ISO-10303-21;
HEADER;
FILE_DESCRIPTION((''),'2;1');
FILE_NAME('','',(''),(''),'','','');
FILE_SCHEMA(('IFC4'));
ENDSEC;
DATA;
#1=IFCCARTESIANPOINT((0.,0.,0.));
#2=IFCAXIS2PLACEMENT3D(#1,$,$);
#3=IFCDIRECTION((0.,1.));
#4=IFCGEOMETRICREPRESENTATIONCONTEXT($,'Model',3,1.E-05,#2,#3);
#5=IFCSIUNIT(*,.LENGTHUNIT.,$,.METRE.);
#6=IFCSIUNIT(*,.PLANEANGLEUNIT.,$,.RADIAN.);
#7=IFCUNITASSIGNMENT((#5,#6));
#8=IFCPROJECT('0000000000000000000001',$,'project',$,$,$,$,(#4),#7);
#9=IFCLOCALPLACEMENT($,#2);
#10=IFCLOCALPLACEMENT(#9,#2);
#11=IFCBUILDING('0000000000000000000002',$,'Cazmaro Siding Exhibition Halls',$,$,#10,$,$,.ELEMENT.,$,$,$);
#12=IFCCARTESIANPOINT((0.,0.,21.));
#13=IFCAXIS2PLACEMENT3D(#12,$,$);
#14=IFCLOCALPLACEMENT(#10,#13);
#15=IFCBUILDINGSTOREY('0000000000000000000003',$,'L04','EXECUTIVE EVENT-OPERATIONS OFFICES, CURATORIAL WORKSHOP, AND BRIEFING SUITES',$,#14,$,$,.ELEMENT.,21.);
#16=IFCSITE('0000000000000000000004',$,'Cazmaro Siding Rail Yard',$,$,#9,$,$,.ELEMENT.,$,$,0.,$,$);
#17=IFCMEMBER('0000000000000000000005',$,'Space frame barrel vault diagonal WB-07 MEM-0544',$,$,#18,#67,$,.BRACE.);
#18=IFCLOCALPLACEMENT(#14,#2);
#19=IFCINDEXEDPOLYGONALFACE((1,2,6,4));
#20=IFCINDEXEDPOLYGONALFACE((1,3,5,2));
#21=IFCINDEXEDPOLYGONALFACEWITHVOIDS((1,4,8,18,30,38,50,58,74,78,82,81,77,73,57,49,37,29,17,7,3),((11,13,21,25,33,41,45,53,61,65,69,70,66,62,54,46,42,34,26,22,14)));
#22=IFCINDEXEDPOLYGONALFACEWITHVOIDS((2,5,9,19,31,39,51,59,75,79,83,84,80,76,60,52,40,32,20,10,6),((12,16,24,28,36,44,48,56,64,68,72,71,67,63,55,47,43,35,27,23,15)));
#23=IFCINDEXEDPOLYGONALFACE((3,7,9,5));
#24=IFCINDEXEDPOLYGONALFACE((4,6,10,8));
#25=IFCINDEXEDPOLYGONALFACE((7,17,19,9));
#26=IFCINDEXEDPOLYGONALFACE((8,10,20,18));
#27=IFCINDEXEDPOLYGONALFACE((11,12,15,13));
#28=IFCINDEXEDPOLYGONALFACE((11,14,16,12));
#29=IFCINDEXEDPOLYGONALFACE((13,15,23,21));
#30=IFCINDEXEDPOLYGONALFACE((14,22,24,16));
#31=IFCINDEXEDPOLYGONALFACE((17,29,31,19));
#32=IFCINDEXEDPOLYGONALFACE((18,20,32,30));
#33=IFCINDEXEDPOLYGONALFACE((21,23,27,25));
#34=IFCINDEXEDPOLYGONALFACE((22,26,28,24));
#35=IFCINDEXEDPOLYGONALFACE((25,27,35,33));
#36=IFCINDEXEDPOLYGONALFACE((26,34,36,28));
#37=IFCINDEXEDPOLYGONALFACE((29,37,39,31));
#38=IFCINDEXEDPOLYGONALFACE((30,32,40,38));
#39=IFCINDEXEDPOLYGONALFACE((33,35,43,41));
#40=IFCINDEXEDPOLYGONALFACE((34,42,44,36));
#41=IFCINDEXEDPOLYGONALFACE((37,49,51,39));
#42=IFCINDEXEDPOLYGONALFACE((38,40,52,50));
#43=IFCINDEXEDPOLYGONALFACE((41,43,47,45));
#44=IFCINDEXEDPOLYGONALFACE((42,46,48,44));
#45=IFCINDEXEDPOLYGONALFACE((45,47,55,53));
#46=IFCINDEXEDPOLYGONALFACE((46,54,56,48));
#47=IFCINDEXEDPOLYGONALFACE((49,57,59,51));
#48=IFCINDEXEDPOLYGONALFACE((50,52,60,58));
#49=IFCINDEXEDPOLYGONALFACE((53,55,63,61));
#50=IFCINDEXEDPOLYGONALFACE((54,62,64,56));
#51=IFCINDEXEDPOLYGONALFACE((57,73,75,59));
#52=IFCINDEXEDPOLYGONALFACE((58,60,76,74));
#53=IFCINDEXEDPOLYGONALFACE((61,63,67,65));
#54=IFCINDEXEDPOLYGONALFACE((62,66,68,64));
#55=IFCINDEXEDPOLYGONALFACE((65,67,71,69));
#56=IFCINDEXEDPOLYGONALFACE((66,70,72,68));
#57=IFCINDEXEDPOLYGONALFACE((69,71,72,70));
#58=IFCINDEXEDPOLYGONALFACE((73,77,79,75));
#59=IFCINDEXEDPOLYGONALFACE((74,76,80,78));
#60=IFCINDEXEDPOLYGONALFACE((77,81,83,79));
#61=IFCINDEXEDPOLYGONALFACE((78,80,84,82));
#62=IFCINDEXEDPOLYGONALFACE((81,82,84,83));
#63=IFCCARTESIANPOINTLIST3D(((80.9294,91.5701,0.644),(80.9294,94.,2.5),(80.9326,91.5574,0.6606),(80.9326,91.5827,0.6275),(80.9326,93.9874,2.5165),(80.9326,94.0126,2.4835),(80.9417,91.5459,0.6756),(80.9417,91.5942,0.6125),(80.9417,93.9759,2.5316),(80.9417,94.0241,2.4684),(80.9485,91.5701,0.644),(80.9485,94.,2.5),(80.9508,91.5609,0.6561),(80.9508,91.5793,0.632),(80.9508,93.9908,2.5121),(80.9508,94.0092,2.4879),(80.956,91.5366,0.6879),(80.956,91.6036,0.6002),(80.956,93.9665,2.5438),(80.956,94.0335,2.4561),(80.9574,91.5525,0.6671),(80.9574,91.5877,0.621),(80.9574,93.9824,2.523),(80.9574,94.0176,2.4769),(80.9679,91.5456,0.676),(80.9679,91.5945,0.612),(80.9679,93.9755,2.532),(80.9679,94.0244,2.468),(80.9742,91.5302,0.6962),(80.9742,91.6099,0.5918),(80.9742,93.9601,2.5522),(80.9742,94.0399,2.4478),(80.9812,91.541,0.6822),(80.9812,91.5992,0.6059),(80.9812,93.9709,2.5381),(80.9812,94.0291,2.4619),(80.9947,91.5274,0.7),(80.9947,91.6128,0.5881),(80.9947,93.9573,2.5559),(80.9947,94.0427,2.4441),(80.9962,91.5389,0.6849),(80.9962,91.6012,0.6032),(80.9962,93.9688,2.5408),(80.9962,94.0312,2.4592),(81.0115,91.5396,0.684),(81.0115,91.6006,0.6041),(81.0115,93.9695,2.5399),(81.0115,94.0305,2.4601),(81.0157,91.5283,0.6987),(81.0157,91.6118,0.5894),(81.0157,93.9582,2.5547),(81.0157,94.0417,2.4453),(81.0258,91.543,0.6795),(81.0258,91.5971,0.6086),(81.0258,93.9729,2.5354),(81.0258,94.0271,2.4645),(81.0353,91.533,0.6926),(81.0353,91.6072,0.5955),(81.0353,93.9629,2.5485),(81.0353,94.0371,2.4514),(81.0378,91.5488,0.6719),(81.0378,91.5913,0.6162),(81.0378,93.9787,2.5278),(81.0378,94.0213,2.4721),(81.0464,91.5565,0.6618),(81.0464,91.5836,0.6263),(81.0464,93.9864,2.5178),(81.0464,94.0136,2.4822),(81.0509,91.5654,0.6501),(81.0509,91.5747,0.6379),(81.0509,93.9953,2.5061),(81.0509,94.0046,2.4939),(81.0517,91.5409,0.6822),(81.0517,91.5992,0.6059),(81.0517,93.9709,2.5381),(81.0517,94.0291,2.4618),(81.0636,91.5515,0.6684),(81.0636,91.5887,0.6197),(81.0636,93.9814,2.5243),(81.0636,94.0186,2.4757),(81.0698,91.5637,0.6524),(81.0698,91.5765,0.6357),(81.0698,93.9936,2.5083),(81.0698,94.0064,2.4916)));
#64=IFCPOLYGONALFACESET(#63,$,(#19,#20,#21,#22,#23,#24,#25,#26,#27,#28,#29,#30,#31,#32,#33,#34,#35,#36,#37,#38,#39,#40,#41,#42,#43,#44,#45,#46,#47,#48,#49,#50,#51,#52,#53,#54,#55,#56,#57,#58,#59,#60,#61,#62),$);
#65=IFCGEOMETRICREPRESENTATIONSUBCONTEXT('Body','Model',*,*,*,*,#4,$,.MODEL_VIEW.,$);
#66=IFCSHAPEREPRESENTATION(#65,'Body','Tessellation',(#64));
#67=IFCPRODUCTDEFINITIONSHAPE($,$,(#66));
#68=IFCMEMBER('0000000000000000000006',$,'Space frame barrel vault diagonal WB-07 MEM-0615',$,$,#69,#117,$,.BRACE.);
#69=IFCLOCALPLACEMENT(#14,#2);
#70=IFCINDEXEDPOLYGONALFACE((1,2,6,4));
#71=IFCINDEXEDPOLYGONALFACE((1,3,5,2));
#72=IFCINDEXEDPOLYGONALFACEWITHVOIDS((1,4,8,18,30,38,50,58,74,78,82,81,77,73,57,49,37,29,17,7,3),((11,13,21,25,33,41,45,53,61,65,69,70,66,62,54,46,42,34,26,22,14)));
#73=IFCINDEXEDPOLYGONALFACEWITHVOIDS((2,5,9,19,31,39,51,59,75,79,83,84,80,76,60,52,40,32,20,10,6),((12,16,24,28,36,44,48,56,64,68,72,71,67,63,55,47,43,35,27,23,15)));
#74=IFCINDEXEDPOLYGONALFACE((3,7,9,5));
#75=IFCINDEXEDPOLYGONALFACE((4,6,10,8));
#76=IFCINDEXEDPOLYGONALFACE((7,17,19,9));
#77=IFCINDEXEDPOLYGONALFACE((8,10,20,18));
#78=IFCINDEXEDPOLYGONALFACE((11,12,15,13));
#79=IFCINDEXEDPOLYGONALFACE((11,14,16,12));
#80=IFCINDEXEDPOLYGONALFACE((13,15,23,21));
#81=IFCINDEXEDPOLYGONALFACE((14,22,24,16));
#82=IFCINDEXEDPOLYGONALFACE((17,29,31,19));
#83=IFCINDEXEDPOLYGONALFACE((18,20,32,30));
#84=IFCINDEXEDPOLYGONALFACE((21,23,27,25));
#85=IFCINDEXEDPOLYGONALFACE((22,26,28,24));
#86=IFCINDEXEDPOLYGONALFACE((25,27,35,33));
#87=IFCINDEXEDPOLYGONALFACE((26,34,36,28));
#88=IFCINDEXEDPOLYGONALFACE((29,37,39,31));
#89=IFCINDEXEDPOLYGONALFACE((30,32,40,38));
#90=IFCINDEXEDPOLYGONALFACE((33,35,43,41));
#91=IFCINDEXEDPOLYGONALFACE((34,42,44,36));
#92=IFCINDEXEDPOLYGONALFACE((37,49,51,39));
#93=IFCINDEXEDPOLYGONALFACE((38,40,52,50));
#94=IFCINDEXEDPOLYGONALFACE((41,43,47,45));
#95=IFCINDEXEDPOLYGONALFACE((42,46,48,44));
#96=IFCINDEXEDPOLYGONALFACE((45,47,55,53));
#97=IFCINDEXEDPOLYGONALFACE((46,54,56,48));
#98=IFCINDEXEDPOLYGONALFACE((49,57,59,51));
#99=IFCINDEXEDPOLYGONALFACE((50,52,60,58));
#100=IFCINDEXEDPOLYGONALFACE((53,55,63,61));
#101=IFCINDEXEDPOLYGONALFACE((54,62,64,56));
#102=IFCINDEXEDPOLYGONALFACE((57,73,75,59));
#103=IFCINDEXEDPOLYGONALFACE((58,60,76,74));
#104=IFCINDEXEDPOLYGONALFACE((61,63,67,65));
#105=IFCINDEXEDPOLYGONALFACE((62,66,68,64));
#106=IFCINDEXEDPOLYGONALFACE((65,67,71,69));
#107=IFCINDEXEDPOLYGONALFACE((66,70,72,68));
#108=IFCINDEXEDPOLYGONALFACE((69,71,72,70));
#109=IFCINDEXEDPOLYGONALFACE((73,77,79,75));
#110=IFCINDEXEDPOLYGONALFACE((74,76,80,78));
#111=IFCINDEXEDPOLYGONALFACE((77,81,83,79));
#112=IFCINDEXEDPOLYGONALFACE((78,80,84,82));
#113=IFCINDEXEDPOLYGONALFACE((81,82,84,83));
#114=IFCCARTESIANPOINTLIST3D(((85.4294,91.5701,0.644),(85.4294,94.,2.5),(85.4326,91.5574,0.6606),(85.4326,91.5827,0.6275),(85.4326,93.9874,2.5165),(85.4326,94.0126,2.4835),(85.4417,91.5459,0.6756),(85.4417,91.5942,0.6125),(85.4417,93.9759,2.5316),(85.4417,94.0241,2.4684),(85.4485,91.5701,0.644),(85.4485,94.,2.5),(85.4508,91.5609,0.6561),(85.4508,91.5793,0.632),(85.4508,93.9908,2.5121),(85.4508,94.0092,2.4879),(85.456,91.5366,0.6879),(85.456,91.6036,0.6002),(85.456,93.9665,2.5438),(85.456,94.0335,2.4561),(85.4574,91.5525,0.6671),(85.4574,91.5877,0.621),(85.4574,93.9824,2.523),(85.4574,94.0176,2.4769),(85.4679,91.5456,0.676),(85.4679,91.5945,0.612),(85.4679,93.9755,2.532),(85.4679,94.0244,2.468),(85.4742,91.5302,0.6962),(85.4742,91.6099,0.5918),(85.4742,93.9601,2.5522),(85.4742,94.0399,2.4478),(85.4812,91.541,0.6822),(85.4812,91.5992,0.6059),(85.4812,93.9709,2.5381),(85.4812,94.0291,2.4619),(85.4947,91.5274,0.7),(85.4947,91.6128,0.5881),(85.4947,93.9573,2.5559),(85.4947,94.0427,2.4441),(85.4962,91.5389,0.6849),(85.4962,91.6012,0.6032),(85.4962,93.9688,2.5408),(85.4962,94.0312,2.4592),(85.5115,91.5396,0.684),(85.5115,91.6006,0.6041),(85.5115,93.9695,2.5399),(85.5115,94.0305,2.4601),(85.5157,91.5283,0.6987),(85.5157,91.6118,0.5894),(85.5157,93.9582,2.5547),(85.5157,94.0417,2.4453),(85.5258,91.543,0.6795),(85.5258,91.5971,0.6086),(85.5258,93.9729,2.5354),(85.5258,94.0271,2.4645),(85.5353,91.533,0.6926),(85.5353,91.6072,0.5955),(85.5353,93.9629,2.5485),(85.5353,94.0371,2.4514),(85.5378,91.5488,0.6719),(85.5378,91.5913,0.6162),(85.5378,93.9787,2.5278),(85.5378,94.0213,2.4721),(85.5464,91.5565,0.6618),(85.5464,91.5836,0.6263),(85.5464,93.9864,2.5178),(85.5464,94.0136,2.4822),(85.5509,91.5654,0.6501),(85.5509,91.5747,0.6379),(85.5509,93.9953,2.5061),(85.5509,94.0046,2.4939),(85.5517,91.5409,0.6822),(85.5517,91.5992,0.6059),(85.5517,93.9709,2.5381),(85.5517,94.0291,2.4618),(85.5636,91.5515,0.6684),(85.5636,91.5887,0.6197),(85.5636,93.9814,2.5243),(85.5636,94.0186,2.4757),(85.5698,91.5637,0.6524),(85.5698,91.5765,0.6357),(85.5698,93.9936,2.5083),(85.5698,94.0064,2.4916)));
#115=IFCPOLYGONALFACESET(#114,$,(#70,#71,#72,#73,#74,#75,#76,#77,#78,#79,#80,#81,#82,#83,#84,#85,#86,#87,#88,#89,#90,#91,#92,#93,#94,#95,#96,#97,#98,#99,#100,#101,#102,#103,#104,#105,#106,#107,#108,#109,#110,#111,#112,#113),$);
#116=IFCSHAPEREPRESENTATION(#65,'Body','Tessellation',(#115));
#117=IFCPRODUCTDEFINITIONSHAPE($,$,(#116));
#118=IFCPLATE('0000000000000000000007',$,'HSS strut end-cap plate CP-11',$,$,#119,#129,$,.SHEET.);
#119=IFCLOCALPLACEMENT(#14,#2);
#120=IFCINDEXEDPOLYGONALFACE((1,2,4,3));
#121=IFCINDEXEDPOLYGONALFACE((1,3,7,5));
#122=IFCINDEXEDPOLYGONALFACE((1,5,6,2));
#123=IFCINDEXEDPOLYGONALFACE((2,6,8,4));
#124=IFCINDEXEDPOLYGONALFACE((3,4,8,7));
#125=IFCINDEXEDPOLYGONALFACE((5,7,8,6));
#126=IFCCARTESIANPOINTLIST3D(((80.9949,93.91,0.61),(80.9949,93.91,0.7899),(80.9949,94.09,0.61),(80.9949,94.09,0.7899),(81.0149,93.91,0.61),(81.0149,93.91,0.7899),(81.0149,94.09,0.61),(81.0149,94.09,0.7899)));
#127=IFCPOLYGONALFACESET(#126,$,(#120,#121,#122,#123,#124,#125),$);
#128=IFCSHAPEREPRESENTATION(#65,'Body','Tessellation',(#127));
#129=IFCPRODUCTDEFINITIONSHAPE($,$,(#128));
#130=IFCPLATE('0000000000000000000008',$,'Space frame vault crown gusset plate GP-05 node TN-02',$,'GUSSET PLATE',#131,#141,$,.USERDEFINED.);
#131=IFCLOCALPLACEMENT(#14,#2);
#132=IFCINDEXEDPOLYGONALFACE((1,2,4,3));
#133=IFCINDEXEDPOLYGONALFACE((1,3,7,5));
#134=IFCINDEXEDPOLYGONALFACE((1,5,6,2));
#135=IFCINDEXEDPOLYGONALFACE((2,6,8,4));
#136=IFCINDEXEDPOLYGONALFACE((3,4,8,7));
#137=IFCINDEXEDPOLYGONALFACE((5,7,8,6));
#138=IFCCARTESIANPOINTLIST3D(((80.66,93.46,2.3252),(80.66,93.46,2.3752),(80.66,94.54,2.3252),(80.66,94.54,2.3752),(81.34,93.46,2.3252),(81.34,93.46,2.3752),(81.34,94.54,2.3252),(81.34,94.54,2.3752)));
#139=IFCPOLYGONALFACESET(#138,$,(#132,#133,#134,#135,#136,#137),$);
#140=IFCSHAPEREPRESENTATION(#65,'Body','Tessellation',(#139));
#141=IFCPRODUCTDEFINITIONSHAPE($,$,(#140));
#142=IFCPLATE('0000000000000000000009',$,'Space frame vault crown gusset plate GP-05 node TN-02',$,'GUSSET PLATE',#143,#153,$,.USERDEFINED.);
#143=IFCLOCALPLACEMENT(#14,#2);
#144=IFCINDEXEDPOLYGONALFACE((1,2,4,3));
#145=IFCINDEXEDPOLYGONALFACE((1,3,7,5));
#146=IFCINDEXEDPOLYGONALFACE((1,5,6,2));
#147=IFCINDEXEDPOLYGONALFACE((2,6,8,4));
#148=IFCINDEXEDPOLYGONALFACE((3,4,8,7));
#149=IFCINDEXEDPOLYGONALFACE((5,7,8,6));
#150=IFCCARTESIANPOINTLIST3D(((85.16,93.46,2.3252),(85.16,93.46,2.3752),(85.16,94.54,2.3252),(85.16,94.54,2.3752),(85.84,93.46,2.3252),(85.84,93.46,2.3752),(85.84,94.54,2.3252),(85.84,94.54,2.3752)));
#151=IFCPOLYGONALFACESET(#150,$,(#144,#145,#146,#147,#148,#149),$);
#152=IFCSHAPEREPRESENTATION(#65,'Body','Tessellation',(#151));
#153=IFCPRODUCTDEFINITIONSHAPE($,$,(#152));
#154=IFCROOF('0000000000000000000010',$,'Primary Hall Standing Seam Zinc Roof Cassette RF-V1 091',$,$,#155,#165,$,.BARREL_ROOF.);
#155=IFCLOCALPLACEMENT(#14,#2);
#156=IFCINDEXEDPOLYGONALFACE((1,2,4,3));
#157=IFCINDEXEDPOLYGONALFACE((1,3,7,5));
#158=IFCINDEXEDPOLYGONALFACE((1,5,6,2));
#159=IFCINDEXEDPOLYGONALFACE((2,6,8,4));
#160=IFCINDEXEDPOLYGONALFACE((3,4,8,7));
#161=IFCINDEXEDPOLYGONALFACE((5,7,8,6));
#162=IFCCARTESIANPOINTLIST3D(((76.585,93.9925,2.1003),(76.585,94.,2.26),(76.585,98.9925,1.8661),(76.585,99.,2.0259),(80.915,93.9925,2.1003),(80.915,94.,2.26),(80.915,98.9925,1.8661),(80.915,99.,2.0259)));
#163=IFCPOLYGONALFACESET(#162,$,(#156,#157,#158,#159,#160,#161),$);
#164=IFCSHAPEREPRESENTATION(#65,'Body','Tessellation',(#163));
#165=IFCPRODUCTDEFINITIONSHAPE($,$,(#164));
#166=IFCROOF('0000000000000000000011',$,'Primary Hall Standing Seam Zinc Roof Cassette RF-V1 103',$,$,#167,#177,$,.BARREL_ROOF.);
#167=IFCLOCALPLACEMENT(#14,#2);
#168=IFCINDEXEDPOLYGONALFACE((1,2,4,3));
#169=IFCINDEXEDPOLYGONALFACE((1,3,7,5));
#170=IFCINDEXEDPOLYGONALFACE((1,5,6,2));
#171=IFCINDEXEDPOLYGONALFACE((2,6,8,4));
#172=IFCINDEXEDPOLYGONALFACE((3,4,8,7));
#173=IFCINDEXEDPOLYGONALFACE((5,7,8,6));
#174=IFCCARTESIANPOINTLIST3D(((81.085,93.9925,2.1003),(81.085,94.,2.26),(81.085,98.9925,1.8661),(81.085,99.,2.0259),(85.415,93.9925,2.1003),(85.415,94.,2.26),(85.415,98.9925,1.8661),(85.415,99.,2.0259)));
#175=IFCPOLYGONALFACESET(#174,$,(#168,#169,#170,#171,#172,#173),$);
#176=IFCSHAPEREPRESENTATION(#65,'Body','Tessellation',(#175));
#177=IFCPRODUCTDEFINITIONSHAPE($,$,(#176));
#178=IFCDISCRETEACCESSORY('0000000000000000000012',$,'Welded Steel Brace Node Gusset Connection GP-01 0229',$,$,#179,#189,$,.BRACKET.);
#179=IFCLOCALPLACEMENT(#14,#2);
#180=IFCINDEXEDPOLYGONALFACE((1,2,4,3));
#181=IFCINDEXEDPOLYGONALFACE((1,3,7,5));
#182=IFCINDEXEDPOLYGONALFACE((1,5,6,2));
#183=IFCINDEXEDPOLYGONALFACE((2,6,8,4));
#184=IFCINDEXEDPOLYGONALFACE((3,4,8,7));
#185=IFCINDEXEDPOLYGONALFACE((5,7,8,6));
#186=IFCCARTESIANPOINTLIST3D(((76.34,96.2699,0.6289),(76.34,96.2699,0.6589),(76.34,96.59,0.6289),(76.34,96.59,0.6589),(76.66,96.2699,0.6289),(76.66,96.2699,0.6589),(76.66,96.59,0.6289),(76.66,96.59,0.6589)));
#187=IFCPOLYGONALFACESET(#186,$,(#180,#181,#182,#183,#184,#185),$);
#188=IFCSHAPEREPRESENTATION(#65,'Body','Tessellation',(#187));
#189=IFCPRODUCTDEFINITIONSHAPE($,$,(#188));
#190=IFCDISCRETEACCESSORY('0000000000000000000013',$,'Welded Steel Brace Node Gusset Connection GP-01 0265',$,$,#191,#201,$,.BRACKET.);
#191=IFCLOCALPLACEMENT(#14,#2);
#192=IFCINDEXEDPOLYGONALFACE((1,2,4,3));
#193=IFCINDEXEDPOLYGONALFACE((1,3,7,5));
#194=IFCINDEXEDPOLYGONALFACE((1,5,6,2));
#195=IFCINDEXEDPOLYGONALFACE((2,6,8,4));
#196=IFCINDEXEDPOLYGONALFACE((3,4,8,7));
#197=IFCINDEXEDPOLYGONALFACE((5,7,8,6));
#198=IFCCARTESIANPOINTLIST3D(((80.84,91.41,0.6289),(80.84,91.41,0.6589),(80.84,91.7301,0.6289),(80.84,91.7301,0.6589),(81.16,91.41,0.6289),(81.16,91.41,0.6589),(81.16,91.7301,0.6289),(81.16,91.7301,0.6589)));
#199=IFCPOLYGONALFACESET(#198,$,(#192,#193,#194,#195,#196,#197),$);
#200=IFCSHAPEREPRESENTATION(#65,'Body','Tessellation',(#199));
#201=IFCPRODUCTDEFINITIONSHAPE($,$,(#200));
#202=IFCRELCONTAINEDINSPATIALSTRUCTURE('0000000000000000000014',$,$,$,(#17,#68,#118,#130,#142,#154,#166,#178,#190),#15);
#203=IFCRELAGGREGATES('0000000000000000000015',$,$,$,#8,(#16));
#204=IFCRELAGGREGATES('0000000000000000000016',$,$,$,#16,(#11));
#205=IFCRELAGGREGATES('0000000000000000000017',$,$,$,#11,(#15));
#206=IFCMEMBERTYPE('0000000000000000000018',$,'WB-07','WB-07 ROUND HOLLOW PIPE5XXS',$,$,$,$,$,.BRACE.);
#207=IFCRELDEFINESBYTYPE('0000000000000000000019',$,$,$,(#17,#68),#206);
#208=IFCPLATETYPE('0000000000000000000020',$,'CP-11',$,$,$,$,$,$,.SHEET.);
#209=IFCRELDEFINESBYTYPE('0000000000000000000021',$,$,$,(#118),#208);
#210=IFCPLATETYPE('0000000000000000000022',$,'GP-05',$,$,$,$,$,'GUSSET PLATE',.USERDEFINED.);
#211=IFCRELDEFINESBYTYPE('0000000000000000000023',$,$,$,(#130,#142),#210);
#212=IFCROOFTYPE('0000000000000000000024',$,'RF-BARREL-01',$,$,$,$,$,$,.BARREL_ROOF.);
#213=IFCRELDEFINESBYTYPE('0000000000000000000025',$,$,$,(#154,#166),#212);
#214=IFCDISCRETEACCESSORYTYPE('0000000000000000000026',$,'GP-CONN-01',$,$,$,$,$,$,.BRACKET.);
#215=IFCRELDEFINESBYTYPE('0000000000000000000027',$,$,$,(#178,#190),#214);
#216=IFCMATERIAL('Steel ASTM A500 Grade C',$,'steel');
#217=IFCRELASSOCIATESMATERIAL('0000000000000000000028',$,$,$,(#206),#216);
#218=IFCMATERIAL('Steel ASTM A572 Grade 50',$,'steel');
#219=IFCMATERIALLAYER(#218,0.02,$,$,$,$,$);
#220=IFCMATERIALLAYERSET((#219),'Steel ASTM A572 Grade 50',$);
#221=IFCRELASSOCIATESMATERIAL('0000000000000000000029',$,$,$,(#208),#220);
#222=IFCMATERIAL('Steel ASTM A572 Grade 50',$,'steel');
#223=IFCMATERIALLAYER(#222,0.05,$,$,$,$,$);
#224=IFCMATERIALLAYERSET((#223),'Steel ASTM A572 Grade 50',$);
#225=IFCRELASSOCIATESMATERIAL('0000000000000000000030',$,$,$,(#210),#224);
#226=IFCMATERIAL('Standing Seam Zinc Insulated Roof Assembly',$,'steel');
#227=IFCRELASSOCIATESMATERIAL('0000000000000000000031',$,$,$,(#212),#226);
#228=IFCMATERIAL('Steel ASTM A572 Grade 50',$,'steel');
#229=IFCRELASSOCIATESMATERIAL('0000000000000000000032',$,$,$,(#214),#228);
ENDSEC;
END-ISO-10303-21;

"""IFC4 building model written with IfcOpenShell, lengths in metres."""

from ifc_helpers import new_model, si_unit, direction, frame, origin, origin_2d, place, context, subcontext, project, spatial, polyline, rectangle, hollow_circle, outline, extrude, material, layer, layer_set, material_profile, profile_set, type_object, element, save


model = new_model("IFC4")

# Units and contexts
model_context = context("Model", 3, precision=1e-05, world=origin(), true_north=direction((0.0, 1.0)))
body_context = subcontext(model_context, "Body", "Model", "MODEL_VIEW")
ifc_project = project(units=[si_unit("LENGTHUNIT", "METRE"), si_unit("PLANEANGLEUNIT", "RADIAN")], contexts=[model_context])

# Site, building, storey
site_placement = place(None, origin())
site = spatial("IfcSite", under=ifc_project, at=site_placement, Name="Cazmaro Siding Rail Yard", CompositionType="ELEMENT", RefElevation=0.0)
building_placement = place(site_placement, origin())
building = spatial("IfcBuilding", under=site, at=building_placement, Name="Cazmaro Siding Exhibition Halls", CompositionType="ELEMENT")
storey_placement = place(building_placement, frame((0.0, 0.0, 21.0)))
storey = spatial("IfcBuildingStorey", under=building, at=storey_placement, Name="L04", Description="EXECUTIVE EVENT-OPERATIONS OFFICES, CURATORIAL WORKSHOP, AND BRIEFING SUITES", CompositionType="ELEMENT", Elevation=21.0)

# Members
ifc_material_1 = material(Name="Steel ASTM A500 Grade C", Category="steel")
ifc_material_profile_1 = material_profile(ifc_material_1, hollow_circle(Radius=0.0706, WallThickness=0.019, at=origin_2d()), Name="PIPE5XXS")
ifc_profile_set_1 = profile_set([ifc_material_profile_1], Name="Steel ASTM A500 Grade C")
member_type_1 = type_object("IfcMemberType", Name="WB-07", Description="WB-07 ROUND HOLLOW PIPE5XXS", PredefinedType="BRACE", material=ifc_profile_set_1)
for number, where, z_axis, x_axis, name in (
    (1, (81.0, 91.5701, 0.644), (0.0, 0.794709, 0.606991), (-1.0, 0.0, 0.0), "Space frame barrel vault diagonal WB-07 MEM-0544"),
    (2, (85.5, 91.5701, 0.644), (0.0, 0.794709, 0.606991), (-1.0, 0.0, 0.0), "Space frame barrel vault diagonal WB-07 MEM-0615"),
):
    element("IfcMember", number, at=place(storey_placement, frame(where, z_axis=z_axis, x_axis=x_axis)), inside=storey, type_object=member_type_1, Name=name, PredefinedType="BRACE", context=body_context, shape_type="SweptSolid", body=[
        extrude(hollow_circle(Radius=0.0706, WallThickness=0.019, at=origin_2d()), origin(), (0.0, 0.0, 1.0), 3.0576),
    ])

# Plates
ifc_material_2 = material(Name="Steel ASTM A572 Grade 50", Category="steel")
ifc_layer_1 = layer(ifc_material_2, 0.02)
ifc_layer_set_1 = layer_set([ifc_layer_1], Name="Steel ASTM A572 Grade 50")
plate_type_1 = type_object("IfcPlateType", Name="CP-11", PredefinedType="SHEET", material=ifc_layer_set_1)
plate_placement = place(storey_placement, frame((80.9949, 94.0, 0.7), z_axis=(1.0, 0.0, 0.0), x_axis=(0.0, 1.0, 0.0)))
element("IfcPlate", 3, at=plate_placement, inside=storey, type_object=plate_type_1, Name="HSS strut end-cap plate CP-11", PredefinedType="SHEET", context=body_context, shape_type="SweptSolid", body=[
    extrude(rectangle(XDim=0.1799, YDim=0.1799, at=origin_2d()), origin(), (0.0, 0.0, 1.0), 0.02),
])
ifc_material_3 = material(Name="Steel ASTM A572 Grade 50", Category="steel")
ifc_layer_2 = layer(ifc_material_3, 0.05)
ifc_layer_set_2 = layer_set([ifc_layer_2], Name="Steel ASTM A572 Grade 50")
plate_type_2 = type_object("IfcPlateType", Name="GP-05", ElementType="GUSSET PLATE", PredefinedType="USERDEFINED", material=ifc_layer_set_2)
for number, where, z_axis, x_axis, name in (
    (4, (81.0, 94.0, 2.3252), (0.0, 0.0, 1.0), (0.0, 1.0, 0.0), "Space frame vault crown gusset plate GP-05 node TN-02"),
    (5, (85.5, 94.0, 2.3252), (0.0, 0.0, 1.0), (0.0, 1.0, 0.0), "Space frame vault crown gusset plate GP-05 node TN-02"),
):
    element("IfcPlate", number, at=place(storey_placement, frame(where, z_axis=z_axis, x_axis=x_axis)), inside=storey, type_object=plate_type_2, Name=name, ObjectType="GUSSET PLATE", PredefinedType="USERDEFINED", context=body_context, shape_type="SweptSolid", body=[
        extrude(rectangle(XDim=1.0801, YDim=0.6799, at=origin_2d()), origin(), (0.0, 0.0, 1.0), 0.05),
    ])

# Roofs
ifc_material_4 = material(Name="Standing Seam Zinc Insulated Roof Assembly", Category="steel")
roof_type = type_object("IfcRoofType", Name="RF-BARREL-01", PredefinedType="BARREL_ROOF", material=ifc_material_4)
for number, where, z_axis, x_axis, name in (
    (6, (76.585, 94.0, 2.26), (0.0, 0.046775, 0.998905), (1.0, 0.0, 0.0), "Primary Hall Standing Seam Zinc Roof Cassette RF-V1 091"),
    (7, (81.085, 94.0, 2.26), (0.0, 0.046775, 0.998905), (1.0, 0.0, 0.0), "Primary Hall Standing Seam Zinc Roof Cassette RF-V1 103"),
):
    element("IfcRoof", number, at=place(storey_placement, frame(where, z_axis=z_axis, x_axis=x_axis)), inside=storey, type_object=roof_type, Name=name, PredefinedType="BARREL_ROOF", context=body_context, shape_type="SweptSolid", body=[
        extrude(outline(polyline([(0.0, 0.0), (4.3301, 0.0), (4.3301, 5.0055), (0.0, 5.0055), (0.0, 0.0)])), origin(), (0.0, 0.0, -1.0), 0.1599),
    ])

# Discrete accessories
ifc_material_5 = material(Name="Steel ASTM A572 Grade 50", Category="steel")
discrete_accessory_type = type_object("IfcDiscreteAccessoryType", Name="GP-CONN-01", PredefinedType="BRACKET", material=ifc_material_5)
for number, where, z_axis, x_axis, name in (
    (8, (76.5, 96.4299, 0.6289), (0.0, 0.0, 1.0), (1.0, 0.0, 0.0), "Welded Steel Brace Node Gusset Connection GP-01 0229"),
    (9, (81.0, 91.5701, 0.6289), (0.0, 0.0, 1.0), (1.0, 0.0, 0.0), "Welded Steel Brace Node Gusset Connection GP-01 0265"),
):
    element("IfcDiscreteAccessory", number, at=place(storey_placement, frame(where, z_axis=z_axis, x_axis=x_axis)), inside=storey, type_object=discrete_accessory_type, Name=name, PredefinedType="BRACKET", context=body_context, shape_type="SweptSolid", body=[
        extrude(rectangle(XDim=0.3201, YDim=0.3201, at=origin_2d()), origin(), (0.0, 0.0, 1.0), 0.03),
    ])

save(model, "model.ifc")
